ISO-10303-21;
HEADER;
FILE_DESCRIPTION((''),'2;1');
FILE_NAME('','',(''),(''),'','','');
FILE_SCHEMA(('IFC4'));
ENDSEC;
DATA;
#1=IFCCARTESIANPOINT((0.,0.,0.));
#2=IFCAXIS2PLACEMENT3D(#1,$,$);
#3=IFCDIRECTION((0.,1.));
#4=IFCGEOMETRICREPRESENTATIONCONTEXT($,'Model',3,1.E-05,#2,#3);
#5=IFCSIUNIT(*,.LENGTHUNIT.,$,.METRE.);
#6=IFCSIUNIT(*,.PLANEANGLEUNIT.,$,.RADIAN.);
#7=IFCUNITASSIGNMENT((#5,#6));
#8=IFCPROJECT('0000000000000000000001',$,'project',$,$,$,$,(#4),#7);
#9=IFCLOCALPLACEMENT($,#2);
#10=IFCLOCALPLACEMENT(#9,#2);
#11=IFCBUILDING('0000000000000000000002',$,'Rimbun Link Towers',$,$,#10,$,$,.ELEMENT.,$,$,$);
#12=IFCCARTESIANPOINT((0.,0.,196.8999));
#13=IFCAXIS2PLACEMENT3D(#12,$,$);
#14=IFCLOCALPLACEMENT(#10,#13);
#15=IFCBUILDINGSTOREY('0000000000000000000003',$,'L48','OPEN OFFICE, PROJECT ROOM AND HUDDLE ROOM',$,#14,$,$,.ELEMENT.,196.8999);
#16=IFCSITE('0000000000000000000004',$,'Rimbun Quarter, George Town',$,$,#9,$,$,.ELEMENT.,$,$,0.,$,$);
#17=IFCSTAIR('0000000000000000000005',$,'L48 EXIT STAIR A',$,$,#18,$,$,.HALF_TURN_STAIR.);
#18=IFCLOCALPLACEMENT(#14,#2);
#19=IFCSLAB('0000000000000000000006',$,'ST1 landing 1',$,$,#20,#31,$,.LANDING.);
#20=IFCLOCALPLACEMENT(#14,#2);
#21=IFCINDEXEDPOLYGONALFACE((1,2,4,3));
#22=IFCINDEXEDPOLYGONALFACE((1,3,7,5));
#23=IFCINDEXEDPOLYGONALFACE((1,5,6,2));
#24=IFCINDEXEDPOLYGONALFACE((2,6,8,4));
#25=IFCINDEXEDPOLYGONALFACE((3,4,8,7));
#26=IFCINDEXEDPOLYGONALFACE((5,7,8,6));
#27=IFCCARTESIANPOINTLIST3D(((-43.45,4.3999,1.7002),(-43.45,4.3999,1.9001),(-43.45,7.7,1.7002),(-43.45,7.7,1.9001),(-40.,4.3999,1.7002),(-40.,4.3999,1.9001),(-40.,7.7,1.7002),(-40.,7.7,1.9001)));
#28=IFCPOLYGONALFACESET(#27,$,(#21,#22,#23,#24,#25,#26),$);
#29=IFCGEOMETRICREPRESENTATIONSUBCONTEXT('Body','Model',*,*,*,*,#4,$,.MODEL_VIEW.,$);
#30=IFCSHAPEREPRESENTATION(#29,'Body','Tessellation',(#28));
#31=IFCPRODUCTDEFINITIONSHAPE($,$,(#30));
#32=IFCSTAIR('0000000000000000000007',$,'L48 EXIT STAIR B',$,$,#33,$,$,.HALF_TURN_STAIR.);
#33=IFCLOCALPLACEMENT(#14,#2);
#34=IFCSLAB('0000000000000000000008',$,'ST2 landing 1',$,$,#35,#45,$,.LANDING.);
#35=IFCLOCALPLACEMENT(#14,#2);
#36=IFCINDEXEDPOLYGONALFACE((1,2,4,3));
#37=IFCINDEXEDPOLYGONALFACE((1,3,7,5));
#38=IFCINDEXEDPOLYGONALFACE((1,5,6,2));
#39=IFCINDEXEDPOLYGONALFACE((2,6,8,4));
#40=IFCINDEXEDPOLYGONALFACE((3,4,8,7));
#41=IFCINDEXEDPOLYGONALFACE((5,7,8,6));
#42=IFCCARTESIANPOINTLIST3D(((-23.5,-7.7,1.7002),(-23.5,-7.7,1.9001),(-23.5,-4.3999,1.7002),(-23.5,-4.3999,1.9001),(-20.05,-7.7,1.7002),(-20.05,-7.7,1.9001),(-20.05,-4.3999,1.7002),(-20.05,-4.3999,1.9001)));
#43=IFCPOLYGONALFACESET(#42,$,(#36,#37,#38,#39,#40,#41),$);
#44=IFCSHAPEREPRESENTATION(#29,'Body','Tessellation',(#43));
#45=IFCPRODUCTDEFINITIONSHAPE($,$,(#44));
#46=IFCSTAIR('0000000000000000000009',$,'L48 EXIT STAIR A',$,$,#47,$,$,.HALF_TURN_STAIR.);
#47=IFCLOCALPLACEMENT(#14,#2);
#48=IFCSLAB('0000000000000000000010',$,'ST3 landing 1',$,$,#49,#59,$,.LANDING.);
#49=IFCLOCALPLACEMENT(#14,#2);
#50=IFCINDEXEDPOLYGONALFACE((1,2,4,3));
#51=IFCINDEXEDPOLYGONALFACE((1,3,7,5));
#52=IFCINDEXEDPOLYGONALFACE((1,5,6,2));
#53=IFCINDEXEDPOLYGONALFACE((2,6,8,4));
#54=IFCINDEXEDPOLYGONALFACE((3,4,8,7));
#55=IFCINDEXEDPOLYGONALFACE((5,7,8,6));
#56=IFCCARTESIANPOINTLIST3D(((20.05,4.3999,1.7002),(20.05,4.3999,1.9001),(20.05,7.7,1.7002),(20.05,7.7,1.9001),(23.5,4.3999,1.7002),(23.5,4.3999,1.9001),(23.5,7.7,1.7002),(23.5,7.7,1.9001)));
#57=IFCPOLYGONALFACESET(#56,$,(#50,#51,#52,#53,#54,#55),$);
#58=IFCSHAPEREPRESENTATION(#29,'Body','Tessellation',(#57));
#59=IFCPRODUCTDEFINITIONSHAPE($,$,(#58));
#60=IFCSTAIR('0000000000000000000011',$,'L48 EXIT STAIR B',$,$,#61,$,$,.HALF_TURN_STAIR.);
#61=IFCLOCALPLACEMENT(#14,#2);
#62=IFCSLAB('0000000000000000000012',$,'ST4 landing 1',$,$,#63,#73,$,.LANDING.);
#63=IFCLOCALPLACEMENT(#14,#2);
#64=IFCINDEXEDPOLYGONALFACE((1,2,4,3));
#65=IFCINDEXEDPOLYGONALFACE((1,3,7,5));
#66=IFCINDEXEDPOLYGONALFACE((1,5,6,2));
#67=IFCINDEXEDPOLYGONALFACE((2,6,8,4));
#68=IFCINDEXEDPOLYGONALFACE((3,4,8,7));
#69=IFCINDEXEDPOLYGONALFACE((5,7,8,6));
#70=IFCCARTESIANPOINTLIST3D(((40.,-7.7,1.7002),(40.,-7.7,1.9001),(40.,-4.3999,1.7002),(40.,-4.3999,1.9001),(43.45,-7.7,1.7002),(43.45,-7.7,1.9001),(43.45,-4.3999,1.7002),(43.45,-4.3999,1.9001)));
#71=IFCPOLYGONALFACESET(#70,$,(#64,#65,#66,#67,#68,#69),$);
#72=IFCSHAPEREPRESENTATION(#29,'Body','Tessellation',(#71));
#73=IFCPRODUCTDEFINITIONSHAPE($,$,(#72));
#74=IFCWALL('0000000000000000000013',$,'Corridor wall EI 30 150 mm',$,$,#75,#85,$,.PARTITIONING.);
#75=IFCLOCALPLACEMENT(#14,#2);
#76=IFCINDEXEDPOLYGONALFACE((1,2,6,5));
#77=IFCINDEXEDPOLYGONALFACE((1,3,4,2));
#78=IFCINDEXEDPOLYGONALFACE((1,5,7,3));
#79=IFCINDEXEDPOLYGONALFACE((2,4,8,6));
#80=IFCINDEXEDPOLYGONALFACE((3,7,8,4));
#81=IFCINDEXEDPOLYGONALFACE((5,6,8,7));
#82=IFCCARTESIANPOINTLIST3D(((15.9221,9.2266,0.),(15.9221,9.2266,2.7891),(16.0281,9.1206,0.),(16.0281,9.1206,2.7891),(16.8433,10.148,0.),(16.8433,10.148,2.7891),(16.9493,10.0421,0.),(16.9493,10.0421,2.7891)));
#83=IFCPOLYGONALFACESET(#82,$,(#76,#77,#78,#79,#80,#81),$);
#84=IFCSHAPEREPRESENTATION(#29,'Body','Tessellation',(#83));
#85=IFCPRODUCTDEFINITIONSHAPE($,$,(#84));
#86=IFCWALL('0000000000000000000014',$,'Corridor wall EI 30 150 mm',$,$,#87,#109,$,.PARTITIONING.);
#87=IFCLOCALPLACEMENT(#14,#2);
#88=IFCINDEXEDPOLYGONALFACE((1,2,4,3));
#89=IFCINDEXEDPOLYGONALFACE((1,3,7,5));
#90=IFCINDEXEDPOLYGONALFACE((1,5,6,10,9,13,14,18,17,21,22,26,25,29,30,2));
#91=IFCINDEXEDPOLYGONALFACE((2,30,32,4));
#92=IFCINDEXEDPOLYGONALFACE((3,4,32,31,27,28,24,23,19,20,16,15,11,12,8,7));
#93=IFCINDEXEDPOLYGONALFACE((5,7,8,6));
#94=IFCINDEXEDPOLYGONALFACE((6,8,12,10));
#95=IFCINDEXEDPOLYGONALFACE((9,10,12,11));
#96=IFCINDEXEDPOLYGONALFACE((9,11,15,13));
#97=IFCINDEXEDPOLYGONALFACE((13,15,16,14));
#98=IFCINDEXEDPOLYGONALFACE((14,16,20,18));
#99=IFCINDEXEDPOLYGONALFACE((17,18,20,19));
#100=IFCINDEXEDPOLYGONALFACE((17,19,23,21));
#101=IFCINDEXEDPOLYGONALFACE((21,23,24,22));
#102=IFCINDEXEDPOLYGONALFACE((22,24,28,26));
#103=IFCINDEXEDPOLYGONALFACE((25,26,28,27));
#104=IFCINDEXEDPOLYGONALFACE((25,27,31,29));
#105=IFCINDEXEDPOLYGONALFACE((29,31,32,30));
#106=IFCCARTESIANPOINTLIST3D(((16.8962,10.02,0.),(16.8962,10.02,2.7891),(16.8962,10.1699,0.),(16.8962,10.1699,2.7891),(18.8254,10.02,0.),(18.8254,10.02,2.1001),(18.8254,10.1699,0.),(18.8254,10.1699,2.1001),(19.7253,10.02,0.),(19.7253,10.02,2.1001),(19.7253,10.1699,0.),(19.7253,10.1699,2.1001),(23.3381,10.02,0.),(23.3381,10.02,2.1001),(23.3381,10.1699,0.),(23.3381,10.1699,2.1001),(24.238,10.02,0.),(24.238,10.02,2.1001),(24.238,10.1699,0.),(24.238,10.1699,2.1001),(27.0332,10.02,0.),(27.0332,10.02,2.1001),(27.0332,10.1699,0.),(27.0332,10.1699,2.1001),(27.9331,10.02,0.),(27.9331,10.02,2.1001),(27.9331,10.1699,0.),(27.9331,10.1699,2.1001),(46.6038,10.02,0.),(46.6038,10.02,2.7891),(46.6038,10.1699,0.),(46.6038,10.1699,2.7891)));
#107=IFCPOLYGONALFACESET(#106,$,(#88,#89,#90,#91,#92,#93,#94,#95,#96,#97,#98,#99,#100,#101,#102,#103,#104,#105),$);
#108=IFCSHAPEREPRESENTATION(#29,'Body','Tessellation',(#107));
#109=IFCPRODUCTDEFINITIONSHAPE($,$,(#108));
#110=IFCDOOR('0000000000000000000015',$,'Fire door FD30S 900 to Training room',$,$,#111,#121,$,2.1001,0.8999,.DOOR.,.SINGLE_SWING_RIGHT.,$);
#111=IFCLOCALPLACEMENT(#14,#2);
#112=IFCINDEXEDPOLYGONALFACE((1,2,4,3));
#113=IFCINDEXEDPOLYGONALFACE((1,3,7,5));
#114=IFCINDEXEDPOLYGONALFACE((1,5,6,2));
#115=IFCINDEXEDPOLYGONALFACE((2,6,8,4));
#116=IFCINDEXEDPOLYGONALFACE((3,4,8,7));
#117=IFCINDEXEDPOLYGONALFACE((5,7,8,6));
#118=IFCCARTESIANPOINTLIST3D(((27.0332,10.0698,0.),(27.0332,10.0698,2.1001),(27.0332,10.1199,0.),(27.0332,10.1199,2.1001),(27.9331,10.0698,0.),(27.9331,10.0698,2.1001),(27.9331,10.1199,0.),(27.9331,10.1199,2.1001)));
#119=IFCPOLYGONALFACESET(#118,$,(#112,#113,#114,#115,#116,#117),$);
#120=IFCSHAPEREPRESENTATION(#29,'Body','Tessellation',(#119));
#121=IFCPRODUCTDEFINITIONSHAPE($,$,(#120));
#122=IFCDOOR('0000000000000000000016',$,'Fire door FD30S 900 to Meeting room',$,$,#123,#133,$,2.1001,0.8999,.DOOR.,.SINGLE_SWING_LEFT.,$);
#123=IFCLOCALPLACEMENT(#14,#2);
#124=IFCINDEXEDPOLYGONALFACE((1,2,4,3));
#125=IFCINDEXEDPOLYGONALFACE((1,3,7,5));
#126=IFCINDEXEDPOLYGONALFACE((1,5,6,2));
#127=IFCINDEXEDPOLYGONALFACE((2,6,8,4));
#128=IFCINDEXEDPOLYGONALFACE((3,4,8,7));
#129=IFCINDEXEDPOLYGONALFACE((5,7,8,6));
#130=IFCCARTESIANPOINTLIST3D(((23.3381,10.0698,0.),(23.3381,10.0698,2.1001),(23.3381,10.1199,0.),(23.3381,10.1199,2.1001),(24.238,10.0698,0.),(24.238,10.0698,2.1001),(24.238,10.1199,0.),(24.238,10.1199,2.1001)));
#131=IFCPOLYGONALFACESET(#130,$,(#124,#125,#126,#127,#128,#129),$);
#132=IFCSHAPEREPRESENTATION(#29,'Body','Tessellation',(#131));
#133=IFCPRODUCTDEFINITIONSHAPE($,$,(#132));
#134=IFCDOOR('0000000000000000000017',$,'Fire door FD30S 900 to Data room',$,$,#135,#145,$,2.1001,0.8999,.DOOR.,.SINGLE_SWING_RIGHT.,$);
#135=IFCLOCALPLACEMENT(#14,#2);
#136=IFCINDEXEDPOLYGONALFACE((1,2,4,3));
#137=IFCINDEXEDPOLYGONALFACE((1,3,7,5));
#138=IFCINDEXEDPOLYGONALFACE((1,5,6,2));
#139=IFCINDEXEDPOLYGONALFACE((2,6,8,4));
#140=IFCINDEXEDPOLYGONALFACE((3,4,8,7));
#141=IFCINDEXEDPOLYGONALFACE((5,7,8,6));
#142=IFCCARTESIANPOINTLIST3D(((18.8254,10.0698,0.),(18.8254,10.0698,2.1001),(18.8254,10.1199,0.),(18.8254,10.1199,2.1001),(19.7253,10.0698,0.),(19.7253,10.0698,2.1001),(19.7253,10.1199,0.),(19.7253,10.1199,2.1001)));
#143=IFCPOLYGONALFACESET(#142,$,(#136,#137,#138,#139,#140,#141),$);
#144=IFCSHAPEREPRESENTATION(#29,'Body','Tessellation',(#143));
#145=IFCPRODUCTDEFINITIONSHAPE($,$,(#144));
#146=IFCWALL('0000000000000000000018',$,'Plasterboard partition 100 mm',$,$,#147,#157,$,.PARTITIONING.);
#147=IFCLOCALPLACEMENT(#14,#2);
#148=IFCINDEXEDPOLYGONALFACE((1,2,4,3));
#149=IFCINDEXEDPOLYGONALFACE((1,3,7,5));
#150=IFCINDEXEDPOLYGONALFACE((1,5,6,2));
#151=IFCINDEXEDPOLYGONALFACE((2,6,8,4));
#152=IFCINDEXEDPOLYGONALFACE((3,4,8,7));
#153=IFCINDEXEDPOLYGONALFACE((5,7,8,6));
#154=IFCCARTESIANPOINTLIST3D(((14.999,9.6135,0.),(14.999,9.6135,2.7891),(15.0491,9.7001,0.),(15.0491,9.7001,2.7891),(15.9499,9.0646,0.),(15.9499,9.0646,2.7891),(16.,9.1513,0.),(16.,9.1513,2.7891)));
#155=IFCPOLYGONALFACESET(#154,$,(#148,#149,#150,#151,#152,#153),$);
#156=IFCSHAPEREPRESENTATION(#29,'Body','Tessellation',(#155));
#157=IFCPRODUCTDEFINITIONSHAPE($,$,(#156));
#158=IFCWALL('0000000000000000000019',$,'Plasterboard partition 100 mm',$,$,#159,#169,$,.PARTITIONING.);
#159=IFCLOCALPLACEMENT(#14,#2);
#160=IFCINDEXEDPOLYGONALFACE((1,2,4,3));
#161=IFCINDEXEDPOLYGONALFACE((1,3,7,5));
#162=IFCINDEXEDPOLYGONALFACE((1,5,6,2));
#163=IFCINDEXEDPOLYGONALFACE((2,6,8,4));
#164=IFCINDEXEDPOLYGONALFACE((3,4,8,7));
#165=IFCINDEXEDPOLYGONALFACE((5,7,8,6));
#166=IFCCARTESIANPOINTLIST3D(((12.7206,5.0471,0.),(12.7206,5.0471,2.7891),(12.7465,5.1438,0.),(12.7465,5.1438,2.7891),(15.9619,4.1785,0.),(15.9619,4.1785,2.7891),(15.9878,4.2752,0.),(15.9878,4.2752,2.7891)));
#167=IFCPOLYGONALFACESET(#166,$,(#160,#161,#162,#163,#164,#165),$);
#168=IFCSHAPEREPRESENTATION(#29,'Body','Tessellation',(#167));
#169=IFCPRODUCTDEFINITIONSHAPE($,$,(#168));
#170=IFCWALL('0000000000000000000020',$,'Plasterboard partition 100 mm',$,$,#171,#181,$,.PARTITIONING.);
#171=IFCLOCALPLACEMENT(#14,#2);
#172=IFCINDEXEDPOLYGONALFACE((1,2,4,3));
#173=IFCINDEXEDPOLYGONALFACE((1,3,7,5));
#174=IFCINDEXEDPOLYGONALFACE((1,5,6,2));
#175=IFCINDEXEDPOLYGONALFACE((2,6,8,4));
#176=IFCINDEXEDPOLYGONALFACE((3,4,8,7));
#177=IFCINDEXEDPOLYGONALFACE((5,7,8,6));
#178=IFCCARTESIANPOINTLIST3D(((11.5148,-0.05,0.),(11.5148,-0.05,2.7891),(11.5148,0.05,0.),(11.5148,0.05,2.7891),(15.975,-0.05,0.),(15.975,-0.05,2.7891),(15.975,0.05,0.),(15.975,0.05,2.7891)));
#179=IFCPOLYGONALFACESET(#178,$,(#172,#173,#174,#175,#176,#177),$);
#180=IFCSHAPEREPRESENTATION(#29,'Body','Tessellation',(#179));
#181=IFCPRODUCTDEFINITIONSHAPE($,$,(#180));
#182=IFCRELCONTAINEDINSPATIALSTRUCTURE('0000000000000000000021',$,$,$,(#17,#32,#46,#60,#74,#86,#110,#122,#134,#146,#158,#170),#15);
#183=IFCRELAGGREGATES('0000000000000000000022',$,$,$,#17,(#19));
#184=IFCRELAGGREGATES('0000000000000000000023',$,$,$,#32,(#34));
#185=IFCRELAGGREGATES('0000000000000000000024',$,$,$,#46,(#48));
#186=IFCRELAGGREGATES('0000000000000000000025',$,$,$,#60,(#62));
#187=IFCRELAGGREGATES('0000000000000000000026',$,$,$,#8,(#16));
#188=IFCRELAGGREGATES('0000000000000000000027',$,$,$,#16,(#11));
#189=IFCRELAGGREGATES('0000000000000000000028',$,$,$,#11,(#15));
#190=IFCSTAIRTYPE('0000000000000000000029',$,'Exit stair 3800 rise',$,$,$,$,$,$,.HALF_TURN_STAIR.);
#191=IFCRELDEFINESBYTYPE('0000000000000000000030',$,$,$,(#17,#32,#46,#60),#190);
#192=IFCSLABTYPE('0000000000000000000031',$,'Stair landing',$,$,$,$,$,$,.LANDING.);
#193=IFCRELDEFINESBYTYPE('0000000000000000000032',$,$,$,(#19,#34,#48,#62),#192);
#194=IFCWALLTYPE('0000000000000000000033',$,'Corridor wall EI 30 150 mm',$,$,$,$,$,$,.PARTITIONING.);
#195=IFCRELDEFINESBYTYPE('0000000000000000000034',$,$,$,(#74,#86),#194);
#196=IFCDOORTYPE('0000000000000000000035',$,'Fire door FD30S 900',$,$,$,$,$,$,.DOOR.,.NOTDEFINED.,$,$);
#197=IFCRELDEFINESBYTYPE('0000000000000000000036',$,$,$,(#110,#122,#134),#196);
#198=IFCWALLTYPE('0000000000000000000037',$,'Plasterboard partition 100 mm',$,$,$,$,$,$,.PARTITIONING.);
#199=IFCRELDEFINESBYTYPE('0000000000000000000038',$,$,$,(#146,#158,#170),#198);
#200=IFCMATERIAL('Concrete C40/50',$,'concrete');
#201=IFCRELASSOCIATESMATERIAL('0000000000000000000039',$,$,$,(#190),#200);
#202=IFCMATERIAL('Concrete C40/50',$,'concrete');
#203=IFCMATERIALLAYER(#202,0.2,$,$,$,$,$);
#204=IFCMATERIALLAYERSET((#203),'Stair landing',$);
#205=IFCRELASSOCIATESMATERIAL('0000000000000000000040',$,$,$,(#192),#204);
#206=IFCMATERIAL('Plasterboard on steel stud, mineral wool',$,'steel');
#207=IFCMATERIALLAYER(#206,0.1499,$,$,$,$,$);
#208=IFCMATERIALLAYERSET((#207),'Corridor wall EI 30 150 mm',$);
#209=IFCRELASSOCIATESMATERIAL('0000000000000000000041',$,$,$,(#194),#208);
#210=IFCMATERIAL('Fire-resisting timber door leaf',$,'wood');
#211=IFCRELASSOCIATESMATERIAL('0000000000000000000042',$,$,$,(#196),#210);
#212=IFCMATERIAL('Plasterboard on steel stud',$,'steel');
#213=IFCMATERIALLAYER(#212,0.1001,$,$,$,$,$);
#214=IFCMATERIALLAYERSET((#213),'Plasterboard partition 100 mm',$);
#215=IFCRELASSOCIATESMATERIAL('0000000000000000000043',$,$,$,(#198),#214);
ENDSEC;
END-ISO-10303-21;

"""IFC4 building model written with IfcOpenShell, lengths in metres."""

from ifc_helpers import new_model, si_unit, direction, frame, frame_2d, origin, place, context, subcontext, project, spatial, polyline, rectangle, outline, extrude, material, layer, layer_set, type_object, element, fill, aggregate, save


model = new_model("IFC4")

# Units and contexts
model_context = context("Model", 3, precision=1e-05, world=origin(), true_north=direction((0.0, 1.0)))
body_context = subcontext(model_context, "Body", "Model", "MODEL_VIEW")
ifc_project = project(units=[si_unit("LENGTHUNIT", "METRE"), si_unit("PLANEANGLEUNIT", "RADIAN")], contexts=[model_context])

# Site, building, storey
site_placement = place(None, origin())
site = spatial("IfcSite", under=ifc_project, at=site_placement, Name="Rimbun Quarter, George Town", CompositionType="ELEMENT", RefElevation=0.0)
building_placement = place(site_placement, origin())
building = spatial("IfcBuilding", under=site, at=building_placement, Name="Rimbun Link Towers", CompositionType="ELEMENT")
storey_placement = place(building_placement, frame((0.0, 0.0, 196.8999)))
storey = spatial("IfcBuildingStorey", under=building, at=storey_placement, Name="L48", Description="OPEN OFFICE, PROJECT ROOM AND HUDDLE ROOM", CompositionType="ELEMENT", Elevation=196.8999)

# Stairs, slabs
ifc_material_1 = material(Name="Concrete C40/50", Category="concrete")
stair_type = type_object("IfcStairType", Name="Exit stair 3800 rise", PredefinedType="HALF_TURN_STAIR", material=ifc_material_1)
stair_1_placement = place(storey_placement, origin())
stair_1 = element("IfcStair", 1, at=stair_1_placement, inside=storey, type_object=stair_type, Name="L48 EXIT STAIR A", PredefinedType="HALF_TURN_STAIR")
ifc_material_2 = material(Name="Concrete C40/50", Category="concrete")
ifc_layer_1 = layer(ifc_material_2, 0.2)
ifc_layer_set_1 = layer_set([ifc_layer_1], Name="Stair landing")
slab_type = type_object("IfcSlabType", Name="Stair landing", PredefinedType="LANDING", material=ifc_layer_set_1)
slab_1_placement = place(storey_placement, frame((0.0, 0.0, 1.7002)))
slab_1 = element("IfcSlab", 2, at=slab_1_placement, type_object=slab_type, Name="ST1 landing 1", PredefinedType="LANDING", context=body_context, shape_type="SweptSolid", body=[
    extrude(outline(polyline([(-40.0, 7.7), (-43.45, 7.7), (-43.45, 4.3999), (-40.0, 4.3999), (-40.0, 7.7)])), origin(), (0.0, 0.0, 1.0), 0.2),
])
aggregate(stair_1, [slab_1])
stair_2_placement = place(storey_placement, origin())
stair_2 = element("IfcStair", 3, at=stair_2_placement, inside=storey, type_object=stair_type, Name="L48 EXIT STAIR B", PredefinedType="HALF_TURN_STAIR")
slab_2_placement = place(storey_placement, frame((0.0, 0.0, 1.7002)))
slab_2 = element("IfcSlab", 4, at=slab_2_placement, type_object=slab_type, Name="ST2 landing 1", PredefinedType="LANDING", context=body_context, shape_type="SweptSolid", body=[
    extrude(outline(polyline([(-23.5, -7.7), (-20.05, -7.7), (-20.05, -4.3999), (-23.5, -4.3999), (-23.5, -7.7)])), origin(), (0.0, 0.0, 1.0), 0.2),
])
aggregate(stair_2, [slab_2])
stair_3_placement = place(storey_placement, origin())
stair_3 = element("IfcStair", 5, at=stair_3_placement, inside=storey, type_object=stair_type, Name="L48 EXIT STAIR A", PredefinedType="HALF_TURN_STAIR")
slab_3_placement = place(storey_placement, frame((0.0, 0.0, 1.7002)))
slab_3 = element("IfcSlab", 6, at=slab_3_placement, type_object=slab_type, Name="ST3 landing 1", PredefinedType="LANDING", context=body_context, shape_type="SweptSolid", body=[
    extrude(outline(polyline([(23.5, 7.7), (20.05, 7.7), (20.05, 4.3999), (23.5, 4.3999), (23.5, 7.7)])), origin(), (0.0, 0.0, 1.0), 0.2),
])
aggregate(stair_3, [slab_3])
stair_4_placement = place(storey_placement, origin())
stair_4 = element("IfcStair", 7, at=stair_4_placement, inside=storey, type_object=stair_type, Name="L48 EXIT STAIR B", PredefinedType="HALF_TURN_STAIR")
slab_4_placement = place(storey_placement, frame((0.0, 0.0, 1.7002)))
slab_4 = element("IfcSlab", 8, at=slab_4_placement, type_object=slab_type, Name="ST4 landing 1", PredefinedType="LANDING", context=body_context, shape_type="SweptSolid", body=[
    extrude(outline(polyline([(40.0, -7.7), (43.45, -7.7), (43.45, -4.3999), (40.0, -4.3999), (40.0, -7.7)])), origin(), (0.0, 0.0, 1.0), 0.2),
])
aggregate(stair_4, [slab_4])

# Wall
ifc_material_3 = material(Name="Plasterboard on steel stud, mineral wool", Category="steel")
ifc_layer_2 = layer(ifc_material_3, 0.1499)
ifc_layer_set_2 = layer_set([ifc_layer_2], Name="Corridor wall EI 30 150 mm")
wall_type_1 = type_object("IfcWallType", Name="Corridor wall EI 30 150 mm", PredefinedType="PARTITIONING", material=ifc_layer_set_2)
wall_1_placement = place(storey_placement, frame((16.8962, 10.095, 0.0), z_axis=(0.0, 0.0, 1.0), x_axis=(-0.707013, -0.7072, 0.0)))
element("IfcWall", 9, at=wall_1_placement, inside=storey, type_object=wall_type_1, Name="Corridor wall EI 30 150 mm", PredefinedType="PARTITIONING", context=body_context, shape_type="SweptSolid", body=[
    extrude(rectangle(XDim=1.303, YDim=0.1499, at=frame_2d((0.6514, 0.0))), origin(), (0.0, 0.0, 1.0), 2.7891),
])

# Wall, openings, doors
wall_2_placement = place(storey_placement, frame((16.8962, 10.095, 0.0), z_axis=(0.0, 0.0, 1.0), x_axis=(1.0, 0.0, 0.0)))
wall_2 = element("IfcWall", 10, at=wall_2_placement, inside=storey, type_object=wall_type_1, Name="Corridor wall EI 30 150 mm", PredefinedType="PARTITIONING", context=body_context, shape_type="SweptSolid", body=[
    extrude(rectangle(XDim=29.7075, YDim=0.1499, at=frame_2d((14.8538, 0.0))), origin(), (0.0, 0.0, 1.0), 2.7891),
])
opening_1_placement = place(wall_2_placement, frame((10.137, 0.0, 0.0)))
opening_1 = element("IfcOpeningElement", 11, at=opening_1_placement, cuts=wall_2, PredefinedType="OPENING", context=body_context, shape_type="SweptSolid", body=[
    extrude(rectangle(XDim=0.8999, YDim=2.1001, at=frame_2d((0.45, 1.05))), frame((0.0, 0.085, 0.0), z_axis=(0.0, -1.0, 0.0), x_axis=(1.0, 0.0, 0.0)), (0.0, 0.0, 1.0), 0.1699),
])
opening_2_placement = place(wall_2_placement, frame((6.4419, 0.0, 0.0)))
opening_2 = element("IfcOpeningElement", 12, at=opening_2_placement, cuts=wall_2, PredefinedType="OPENING", context=body_context, shape_type="SweptSolid", body=[
    extrude(rectangle(XDim=0.8999, YDim=2.1001, at=frame_2d((0.45, 1.05))), frame((0.0, 0.085, 0.0), z_axis=(0.0, -1.0, 0.0), x_axis=(1.0, 0.0, 0.0)), (0.0, 0.0, 1.0), 0.1699),
])
opening_3_placement = place(wall_2_placement, frame((1.9292, 0.0, 0.0)))
opening_3 = element("IfcOpeningElement", 13, at=opening_3_placement, cuts=wall_2, PredefinedType="OPENING", context=body_context, shape_type="SweptSolid", body=[
    extrude(rectangle(XDim=0.8999, YDim=2.1001, at=frame_2d((0.45, 1.05))), frame((0.0, 0.085, 0.0), z_axis=(0.0, -1.0, 0.0), x_axis=(1.0, 0.0, 0.0)), (0.0, 0.0, 1.0), 0.1699),
])
ifc_material_4 = material(Name="Fire-resisting timber door leaf", Category="wood")
door_type = type_object("IfcDoorType", Name="Fire door FD30S 900", OperationType="NOTDEFINED", PredefinedType="DOOR", material=ifc_material_4)
door_1_placement = place(opening_1_placement, origin())
door_1 = element("IfcDoor", 14, at=door_1_placement, inside=storey, type_object=door_type, Name="Fire door FD30S 900 to Training room", OperationType="SINGLE_SWING_RIGHT", OverallHeight=2.1001, OverallWidth=0.8999, PredefinedType="DOOR", context=body_context, shape_type="SweptSolid", body=[
    extrude(rectangle(XDim=0.8999, YDim=2.1001, at=frame_2d((0.45, 1.05))), frame((0.0, 0.0249, 0.0), z_axis=(0.0, -1.0, 0.0), x_axis=(1.0, 0.0, 0.0)), (0.0, 0.0, 1.0), 0.05),
])
fill(opening_1, door_1)
door_2_placement = place(opening_2_placement, origin())
door_2 = element("IfcDoor", 15, at=door_2_placement, inside=storey, type_object=door_type, Name="Fire door FD30S 900 to Meeting room", OperationType="SINGLE_SWING_LEFT", OverallHeight=2.1001, OverallWidth=0.8999, PredefinedType="DOOR", context=body_context, shape_type="SweptSolid", body=[
    extrude(rectangle(XDim=0.8999, YDim=2.1001, at=frame_2d((0.45, 1.05))), frame((0.0, 0.0249, 0.0), z_axis=(0.0, -1.0, 0.0), x_axis=(1.0, 0.0, 0.0)), (0.0, 0.0, 1.0), 0.05),
])
fill(opening_2, door_2)
door_3_placement = place(opening_3_placement, origin())
door_3 = element("IfcDoor", 16, at=door_3_placement, inside=storey, type_object=door_type, Name="Fire door FD30S 900 to Data room", OperationType="SINGLE_SWING_RIGHT", OverallHeight=2.1001, OverallWidth=0.8999, PredefinedType="DOOR", context=body_context, shape_type="SweptSolid", body=[
    extrude(rectangle(XDim=0.8999, YDim=2.1001, at=frame_2d((0.45, 1.05))), frame((0.0, 0.0249, 0.0), z_axis=(0.0, -1.0, 0.0), x_axis=(1.0, 0.0, 0.0)), (0.0, 0.0, 1.0), 0.05),
])
fill(opening_3, door_3)

# Walls
ifc_material_5 = material(Name="Plasterboard on steel stud", Category="steel")
ifc_layer_3 = layer(ifc_material_5, 0.1001)
ifc_layer_set_3 = layer_set([ifc_layer_3], Name="Plasterboard partition 100 mm")
wall_type_2 = type_object("IfcWallType", Name="Plasterboard partition 100 mm", PredefinedType="PARTITIONING", material=ifc_layer_set_3)
wall_3_placement = place(storey_placement, frame((15.0242, 9.6567, 0.0), z_axis=(0.0, 0.0, 1.0), x_axis=(0.8661, -0.49987, 0.0)))
element("IfcWall", 17, at=wall_3_placement, inside=storey, type_object=wall_type_2, Name="Plasterboard partition 100 mm", PredefinedType="PARTITIONING", context=body_context, shape_type="SweptSolid", body=[
    extrude(rectangle(XDim=1.0979, YDim=0.1001, at=frame_2d((0.5488, 0.0))), origin(), (0.0, 0.0, 1.0), 2.7891),
])
wall_4_placement = place(storey_placement, frame((12.7336, 5.0955, 0.0), z_axis=(0.0, 0.0, 1.0), x_axis=(0.965918, -0.258849, 0.0)))
element("IfcWall", 18, at=wall_4_placement, inside=storey, type_object=wall_type_2, Name="Plasterboard partition 100 mm", PredefinedType="PARTITIONING", context=body_context, shape_type="SweptSolid", body=[
    extrude(rectangle(XDim=3.3557, YDim=0.1001, at=frame_2d((1.6777, 0.0))), origin(), (0.0, 0.0, 1.0), 2.7891),
])
wall_5_placement = place(storey_placement, frame((11.5149, 0.0, 0.0), z_axis=(0.0, 0.0, 1.0), x_axis=(1.0, 0.0, 0.0)))
element("IfcWall", 19, at=wall_5_placement, inside=storey, type_object=wall_type_2, Name="Plasterboard partition 100 mm", PredefinedType="PARTITIONING", context=body_context, shape_type="SweptSolid", body=[
    extrude(rectangle(XDim=4.4602, YDim=0.1001, at=frame_2d((2.23, 0.0))), origin(), (0.0, 0.0, 1.0), 2.7891),
])

save(model, "model.ifc")
